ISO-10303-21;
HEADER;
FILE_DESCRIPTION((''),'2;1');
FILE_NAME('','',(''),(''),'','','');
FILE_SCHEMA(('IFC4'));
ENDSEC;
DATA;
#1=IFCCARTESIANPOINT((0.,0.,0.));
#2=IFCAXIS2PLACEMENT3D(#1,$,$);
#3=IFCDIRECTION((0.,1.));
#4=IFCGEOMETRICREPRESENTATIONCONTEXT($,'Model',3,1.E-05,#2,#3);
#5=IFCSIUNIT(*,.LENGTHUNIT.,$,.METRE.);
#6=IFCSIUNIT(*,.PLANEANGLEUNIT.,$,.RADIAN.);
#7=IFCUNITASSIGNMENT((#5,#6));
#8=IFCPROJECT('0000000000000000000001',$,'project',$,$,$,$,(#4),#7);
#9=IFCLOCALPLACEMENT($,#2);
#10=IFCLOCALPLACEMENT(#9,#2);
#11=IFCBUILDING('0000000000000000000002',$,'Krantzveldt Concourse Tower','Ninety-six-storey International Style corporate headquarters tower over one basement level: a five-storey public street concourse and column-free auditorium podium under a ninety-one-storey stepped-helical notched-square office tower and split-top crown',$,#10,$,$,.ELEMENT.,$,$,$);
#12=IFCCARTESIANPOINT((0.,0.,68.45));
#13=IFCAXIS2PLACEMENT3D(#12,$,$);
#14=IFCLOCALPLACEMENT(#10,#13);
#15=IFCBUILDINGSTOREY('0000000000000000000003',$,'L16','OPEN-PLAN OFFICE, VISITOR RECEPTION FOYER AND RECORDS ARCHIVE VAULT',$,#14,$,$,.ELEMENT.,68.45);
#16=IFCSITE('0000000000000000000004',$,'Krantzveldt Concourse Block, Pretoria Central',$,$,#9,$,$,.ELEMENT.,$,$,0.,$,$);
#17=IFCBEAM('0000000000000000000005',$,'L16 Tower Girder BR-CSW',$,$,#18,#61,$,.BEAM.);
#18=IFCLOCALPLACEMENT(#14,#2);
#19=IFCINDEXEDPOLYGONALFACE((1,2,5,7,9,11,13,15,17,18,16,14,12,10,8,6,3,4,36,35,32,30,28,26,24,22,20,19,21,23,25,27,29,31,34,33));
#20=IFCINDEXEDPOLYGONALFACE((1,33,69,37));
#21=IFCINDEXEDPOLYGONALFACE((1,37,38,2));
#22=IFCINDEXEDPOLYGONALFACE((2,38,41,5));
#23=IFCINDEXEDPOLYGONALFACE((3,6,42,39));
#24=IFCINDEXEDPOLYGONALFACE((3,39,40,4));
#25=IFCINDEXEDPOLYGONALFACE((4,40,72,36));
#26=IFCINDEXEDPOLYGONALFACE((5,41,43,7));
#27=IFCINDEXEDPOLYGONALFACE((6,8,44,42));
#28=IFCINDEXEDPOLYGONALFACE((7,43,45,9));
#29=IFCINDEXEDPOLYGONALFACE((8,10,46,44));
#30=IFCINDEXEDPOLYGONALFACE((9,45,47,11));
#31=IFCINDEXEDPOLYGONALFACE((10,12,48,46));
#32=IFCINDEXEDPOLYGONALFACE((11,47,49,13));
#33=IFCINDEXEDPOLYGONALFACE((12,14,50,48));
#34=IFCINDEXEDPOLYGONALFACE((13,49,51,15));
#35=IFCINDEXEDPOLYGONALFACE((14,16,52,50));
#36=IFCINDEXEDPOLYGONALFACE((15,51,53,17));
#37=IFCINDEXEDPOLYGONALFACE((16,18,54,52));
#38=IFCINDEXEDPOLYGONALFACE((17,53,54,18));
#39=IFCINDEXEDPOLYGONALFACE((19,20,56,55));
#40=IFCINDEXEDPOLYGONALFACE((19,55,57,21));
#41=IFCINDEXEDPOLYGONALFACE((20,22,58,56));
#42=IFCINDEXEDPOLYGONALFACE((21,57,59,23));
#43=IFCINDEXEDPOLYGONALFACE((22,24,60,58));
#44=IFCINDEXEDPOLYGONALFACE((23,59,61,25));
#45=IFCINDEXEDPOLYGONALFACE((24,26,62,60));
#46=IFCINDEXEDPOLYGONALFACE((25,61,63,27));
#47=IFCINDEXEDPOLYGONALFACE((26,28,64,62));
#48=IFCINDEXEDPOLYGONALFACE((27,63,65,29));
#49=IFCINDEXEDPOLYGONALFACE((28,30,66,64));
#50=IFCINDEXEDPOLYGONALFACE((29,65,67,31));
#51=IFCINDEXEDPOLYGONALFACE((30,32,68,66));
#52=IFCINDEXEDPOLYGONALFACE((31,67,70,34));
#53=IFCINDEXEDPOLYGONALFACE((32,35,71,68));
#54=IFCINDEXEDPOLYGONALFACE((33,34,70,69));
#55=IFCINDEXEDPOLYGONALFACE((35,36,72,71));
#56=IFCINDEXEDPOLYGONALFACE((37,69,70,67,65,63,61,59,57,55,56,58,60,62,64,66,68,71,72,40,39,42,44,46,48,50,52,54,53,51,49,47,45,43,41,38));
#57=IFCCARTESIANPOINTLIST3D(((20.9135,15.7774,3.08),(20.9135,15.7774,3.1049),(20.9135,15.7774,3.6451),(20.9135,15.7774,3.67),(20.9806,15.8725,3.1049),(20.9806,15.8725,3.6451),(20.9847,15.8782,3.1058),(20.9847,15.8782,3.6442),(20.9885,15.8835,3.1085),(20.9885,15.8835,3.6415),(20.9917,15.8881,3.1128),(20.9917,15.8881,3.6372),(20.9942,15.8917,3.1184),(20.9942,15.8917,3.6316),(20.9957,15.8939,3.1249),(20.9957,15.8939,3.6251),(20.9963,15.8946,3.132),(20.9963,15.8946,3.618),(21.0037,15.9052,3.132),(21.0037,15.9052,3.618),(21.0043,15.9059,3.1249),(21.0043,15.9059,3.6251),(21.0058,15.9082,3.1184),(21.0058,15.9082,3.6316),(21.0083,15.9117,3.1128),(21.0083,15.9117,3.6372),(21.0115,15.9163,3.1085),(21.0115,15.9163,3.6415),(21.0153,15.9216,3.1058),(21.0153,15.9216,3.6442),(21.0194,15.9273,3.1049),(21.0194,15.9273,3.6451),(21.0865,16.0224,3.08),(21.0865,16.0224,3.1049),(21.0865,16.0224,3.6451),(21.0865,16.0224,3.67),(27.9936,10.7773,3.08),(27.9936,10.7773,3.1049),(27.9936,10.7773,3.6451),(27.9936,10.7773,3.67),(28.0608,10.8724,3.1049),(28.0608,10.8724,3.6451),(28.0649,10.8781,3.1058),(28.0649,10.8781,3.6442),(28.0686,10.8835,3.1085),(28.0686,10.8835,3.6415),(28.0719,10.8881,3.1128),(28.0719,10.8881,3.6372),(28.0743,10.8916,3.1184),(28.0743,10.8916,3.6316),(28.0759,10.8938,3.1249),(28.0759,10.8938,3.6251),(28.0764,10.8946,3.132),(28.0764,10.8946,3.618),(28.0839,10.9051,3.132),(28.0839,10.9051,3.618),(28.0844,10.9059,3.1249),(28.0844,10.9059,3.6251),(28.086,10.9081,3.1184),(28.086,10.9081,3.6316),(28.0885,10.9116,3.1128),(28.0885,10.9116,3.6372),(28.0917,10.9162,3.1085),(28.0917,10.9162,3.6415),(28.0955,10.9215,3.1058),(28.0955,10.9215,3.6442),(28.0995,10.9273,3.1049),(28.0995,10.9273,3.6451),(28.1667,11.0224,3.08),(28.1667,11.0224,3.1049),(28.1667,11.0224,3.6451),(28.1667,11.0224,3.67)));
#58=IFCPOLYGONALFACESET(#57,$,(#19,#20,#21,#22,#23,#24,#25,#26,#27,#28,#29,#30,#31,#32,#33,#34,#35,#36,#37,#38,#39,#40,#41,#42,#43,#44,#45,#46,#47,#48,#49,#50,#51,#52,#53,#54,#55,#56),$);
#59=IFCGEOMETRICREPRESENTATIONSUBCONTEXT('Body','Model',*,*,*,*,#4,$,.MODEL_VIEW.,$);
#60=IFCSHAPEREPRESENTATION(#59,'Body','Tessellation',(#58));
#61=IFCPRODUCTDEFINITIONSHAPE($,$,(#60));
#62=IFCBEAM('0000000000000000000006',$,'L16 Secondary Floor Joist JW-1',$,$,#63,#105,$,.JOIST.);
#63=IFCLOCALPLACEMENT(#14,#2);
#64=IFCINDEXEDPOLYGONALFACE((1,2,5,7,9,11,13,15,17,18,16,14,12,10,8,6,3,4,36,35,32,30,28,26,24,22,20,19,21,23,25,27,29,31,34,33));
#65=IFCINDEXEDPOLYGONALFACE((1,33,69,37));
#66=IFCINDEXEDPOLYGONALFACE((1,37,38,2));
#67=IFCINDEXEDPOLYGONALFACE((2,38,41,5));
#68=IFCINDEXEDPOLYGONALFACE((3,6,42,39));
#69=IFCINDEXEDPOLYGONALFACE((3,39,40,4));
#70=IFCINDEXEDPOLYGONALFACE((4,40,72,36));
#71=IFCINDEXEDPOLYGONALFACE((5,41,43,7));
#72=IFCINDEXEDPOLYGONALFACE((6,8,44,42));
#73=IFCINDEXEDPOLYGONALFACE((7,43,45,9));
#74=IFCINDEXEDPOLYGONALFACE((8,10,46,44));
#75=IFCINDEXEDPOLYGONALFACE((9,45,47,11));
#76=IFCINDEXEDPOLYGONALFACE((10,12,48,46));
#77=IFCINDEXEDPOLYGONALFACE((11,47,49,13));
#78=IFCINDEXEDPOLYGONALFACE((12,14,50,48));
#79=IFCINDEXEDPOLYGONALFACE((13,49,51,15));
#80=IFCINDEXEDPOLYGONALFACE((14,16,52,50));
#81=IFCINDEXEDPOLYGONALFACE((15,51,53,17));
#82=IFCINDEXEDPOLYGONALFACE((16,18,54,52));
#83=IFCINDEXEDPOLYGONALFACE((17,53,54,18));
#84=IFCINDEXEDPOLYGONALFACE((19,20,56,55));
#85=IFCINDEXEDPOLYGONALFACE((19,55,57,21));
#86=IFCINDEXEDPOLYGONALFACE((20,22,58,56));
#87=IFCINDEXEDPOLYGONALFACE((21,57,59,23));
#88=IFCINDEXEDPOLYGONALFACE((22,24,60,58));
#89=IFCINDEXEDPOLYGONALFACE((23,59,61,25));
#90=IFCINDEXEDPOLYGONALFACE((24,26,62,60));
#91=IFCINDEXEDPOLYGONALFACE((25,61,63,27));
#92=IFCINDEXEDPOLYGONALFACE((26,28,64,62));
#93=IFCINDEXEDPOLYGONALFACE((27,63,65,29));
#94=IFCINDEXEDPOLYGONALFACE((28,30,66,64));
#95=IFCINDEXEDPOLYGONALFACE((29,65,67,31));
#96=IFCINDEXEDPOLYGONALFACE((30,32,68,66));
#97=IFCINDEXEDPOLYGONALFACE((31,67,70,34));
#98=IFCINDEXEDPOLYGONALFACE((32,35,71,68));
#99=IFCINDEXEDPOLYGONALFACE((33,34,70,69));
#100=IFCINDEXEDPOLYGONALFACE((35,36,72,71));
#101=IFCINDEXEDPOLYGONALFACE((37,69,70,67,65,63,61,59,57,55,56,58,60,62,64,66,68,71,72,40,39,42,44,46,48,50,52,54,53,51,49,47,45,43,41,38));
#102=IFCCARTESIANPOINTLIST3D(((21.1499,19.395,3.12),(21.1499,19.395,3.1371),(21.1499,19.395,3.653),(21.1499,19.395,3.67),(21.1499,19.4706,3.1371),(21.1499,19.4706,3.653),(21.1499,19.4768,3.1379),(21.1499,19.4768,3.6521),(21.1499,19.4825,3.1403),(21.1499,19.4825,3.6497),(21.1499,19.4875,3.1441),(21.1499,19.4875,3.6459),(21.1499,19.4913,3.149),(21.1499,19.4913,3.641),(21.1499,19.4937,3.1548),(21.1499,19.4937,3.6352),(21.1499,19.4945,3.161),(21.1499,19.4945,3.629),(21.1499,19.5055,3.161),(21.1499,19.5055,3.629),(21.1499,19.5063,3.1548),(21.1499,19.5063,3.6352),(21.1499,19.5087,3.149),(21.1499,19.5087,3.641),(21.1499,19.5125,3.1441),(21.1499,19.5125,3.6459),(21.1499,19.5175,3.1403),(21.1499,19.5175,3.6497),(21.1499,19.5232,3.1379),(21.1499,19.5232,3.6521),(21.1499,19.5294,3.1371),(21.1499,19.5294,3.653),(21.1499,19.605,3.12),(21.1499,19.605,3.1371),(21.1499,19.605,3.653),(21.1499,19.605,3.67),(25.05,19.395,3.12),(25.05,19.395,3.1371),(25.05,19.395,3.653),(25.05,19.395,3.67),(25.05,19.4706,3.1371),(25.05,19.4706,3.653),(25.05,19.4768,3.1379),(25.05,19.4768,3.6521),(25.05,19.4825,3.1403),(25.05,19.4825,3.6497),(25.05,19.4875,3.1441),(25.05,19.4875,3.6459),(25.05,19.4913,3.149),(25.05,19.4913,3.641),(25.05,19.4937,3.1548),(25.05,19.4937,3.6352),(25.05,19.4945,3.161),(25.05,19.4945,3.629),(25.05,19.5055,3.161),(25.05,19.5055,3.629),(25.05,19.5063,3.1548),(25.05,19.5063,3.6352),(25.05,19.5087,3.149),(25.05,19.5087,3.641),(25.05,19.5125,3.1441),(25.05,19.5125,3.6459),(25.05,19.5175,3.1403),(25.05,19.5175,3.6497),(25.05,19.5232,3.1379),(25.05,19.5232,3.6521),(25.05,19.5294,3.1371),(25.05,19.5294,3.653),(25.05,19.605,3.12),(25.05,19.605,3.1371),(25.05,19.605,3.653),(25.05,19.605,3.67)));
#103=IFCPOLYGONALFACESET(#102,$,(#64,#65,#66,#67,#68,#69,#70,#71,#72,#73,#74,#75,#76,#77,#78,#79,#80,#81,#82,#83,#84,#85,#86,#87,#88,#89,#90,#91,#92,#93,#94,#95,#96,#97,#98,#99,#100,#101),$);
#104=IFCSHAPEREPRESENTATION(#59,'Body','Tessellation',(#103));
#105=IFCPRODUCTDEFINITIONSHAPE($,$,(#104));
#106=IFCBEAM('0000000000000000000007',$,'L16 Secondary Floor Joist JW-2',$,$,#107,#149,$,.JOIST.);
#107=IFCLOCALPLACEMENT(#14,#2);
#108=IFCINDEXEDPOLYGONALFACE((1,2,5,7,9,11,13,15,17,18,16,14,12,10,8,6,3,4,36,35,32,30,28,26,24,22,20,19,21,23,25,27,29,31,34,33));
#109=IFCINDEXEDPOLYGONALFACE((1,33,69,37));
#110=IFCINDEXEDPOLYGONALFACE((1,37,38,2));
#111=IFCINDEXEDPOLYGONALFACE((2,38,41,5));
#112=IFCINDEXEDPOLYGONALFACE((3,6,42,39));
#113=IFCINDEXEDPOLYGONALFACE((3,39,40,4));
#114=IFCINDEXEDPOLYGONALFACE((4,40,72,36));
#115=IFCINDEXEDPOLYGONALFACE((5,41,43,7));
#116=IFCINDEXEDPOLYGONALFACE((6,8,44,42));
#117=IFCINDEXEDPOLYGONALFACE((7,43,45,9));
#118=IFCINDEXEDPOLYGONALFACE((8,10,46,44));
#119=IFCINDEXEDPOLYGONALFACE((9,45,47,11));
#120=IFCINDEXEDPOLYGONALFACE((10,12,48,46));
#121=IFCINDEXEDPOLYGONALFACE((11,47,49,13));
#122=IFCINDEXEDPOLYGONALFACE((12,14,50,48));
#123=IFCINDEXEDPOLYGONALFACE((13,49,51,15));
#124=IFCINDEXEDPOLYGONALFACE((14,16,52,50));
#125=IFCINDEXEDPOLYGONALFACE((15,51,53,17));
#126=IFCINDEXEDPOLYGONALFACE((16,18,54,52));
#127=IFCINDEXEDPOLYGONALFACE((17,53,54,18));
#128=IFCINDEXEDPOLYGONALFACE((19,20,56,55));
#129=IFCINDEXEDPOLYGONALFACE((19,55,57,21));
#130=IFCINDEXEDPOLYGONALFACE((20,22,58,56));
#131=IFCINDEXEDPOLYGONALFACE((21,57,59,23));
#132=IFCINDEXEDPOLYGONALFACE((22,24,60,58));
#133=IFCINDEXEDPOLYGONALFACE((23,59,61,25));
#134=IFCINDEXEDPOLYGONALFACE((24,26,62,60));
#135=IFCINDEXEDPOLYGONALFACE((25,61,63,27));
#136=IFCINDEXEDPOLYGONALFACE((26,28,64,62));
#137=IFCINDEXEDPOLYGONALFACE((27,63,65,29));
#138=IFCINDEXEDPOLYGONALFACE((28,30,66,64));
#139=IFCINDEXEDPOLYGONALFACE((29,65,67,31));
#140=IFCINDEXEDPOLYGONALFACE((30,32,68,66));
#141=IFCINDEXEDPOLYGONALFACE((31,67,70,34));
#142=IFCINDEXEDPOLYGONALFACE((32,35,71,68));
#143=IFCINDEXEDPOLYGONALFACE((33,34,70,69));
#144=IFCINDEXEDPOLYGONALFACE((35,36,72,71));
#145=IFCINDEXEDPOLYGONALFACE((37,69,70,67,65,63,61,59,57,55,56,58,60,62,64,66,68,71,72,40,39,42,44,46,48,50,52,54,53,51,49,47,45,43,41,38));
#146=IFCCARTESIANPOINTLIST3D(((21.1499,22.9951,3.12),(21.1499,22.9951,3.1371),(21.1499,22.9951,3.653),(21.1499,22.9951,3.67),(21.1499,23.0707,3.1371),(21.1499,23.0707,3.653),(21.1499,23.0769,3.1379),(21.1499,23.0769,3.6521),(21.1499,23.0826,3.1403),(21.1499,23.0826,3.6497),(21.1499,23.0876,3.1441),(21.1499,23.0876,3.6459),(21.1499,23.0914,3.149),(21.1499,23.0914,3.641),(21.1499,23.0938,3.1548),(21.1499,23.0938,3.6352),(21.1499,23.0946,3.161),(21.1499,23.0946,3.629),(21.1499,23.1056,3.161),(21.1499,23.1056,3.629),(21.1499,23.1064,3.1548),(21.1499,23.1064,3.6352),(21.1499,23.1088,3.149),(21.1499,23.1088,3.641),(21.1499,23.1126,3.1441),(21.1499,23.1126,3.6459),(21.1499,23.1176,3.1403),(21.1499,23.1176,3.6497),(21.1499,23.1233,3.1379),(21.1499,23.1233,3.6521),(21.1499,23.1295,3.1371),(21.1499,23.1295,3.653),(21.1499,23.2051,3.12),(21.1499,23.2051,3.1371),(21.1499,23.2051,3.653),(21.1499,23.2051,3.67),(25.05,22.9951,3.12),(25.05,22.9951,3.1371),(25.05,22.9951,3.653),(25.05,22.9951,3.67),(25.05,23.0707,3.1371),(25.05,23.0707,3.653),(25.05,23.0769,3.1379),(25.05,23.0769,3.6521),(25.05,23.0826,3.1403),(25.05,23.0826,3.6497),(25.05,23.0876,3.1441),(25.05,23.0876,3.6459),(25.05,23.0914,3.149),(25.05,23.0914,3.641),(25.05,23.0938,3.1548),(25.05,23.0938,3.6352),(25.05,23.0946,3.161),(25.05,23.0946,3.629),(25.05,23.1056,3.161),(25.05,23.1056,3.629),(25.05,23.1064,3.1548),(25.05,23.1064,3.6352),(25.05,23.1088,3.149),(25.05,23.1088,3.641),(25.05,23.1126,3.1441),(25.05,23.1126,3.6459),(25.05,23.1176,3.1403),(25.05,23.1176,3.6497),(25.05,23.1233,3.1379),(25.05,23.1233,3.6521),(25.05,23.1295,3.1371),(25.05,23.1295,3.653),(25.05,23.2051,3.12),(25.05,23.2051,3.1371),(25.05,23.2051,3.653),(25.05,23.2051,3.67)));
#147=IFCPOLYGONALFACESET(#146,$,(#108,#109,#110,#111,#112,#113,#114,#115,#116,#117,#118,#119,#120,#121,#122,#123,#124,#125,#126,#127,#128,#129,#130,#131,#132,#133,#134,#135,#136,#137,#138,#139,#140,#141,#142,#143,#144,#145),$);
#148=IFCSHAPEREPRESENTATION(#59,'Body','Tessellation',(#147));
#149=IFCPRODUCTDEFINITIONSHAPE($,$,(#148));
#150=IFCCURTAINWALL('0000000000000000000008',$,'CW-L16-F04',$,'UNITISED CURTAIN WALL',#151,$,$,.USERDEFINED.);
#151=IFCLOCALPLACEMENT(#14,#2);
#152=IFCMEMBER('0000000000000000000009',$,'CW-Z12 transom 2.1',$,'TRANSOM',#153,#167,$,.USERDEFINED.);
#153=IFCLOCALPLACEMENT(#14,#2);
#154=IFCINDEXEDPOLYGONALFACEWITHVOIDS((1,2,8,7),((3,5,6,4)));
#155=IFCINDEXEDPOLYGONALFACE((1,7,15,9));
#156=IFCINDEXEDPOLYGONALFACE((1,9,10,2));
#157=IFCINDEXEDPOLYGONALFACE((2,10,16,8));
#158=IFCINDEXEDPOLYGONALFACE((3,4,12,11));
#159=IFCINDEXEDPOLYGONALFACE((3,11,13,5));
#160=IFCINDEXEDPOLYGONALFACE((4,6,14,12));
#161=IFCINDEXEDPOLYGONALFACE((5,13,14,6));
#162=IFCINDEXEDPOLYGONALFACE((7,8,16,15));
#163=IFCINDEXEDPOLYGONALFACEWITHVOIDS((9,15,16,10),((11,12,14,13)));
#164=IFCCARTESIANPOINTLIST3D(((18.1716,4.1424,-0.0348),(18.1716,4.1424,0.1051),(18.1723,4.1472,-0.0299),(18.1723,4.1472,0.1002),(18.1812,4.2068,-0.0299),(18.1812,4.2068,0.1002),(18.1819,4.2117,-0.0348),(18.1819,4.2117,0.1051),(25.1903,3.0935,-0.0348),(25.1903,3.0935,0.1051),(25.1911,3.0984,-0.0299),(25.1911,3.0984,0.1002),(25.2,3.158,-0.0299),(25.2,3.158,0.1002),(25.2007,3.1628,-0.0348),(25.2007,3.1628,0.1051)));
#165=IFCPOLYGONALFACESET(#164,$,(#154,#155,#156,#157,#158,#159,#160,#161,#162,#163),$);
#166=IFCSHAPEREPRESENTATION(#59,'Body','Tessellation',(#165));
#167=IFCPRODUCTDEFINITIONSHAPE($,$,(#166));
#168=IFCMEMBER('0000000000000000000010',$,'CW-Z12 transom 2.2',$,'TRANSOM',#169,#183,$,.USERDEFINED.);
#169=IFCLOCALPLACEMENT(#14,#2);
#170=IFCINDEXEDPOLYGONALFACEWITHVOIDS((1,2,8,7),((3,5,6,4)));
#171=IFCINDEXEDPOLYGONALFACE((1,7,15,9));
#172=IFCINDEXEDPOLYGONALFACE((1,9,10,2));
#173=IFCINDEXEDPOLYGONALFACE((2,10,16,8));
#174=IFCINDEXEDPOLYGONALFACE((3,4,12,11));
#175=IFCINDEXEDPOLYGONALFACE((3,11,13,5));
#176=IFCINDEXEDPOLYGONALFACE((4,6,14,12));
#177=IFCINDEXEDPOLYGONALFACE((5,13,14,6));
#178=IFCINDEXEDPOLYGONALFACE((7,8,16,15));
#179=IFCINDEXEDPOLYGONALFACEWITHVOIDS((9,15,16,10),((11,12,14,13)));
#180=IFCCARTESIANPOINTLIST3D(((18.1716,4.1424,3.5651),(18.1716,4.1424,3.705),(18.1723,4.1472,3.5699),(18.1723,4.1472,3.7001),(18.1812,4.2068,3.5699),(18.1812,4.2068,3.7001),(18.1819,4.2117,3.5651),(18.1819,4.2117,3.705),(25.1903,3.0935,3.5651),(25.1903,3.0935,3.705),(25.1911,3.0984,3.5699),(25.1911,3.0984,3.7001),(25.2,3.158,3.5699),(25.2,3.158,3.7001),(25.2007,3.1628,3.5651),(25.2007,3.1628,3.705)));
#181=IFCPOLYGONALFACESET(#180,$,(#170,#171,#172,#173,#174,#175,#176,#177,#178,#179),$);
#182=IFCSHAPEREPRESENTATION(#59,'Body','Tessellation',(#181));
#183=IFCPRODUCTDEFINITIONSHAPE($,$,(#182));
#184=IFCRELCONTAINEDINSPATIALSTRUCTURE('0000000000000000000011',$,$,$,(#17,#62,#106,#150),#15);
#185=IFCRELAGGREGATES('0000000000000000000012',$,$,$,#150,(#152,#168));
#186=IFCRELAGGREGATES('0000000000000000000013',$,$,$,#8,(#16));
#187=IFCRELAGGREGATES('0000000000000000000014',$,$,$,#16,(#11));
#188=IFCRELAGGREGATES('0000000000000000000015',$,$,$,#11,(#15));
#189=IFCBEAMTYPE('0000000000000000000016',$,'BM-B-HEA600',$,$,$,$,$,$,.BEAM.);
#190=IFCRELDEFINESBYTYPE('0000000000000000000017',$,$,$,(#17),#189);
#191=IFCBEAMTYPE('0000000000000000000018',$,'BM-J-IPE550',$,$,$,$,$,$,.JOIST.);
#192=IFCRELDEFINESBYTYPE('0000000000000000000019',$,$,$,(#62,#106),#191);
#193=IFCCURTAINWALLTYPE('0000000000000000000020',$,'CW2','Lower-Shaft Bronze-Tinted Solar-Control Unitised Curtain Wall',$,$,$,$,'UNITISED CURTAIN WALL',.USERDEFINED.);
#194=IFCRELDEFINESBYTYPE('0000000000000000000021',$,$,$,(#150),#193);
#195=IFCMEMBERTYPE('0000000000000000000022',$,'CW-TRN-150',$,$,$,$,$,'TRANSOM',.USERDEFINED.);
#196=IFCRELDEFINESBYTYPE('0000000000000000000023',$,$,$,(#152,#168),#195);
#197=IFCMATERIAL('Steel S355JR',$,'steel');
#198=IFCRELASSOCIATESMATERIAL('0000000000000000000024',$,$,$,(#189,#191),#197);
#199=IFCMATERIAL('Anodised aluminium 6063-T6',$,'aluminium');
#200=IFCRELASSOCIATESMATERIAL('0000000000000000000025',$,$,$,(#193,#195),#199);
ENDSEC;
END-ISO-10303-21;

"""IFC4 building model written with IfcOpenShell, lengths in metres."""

from ifc_helpers import new_model, si_unit, direction, frame, origin, origin_2d, place, context, subcontext, project, spatial, hollow_rectangle, i_section, extrude, source, transform, mapped, material, material_profile, profile_set, type_object, type_shapes, element, aggregate, save


model = new_model("IFC4")

# Units and contexts
model_context = context("Model", 3, precision=1e-05, world=origin(), true_north=direction((0.0, 1.0)))
body_context = subcontext(model_context, "Body", "Model", "MODEL_VIEW")
ifc_project = project(units=[si_unit("LENGTHUNIT", "METRE"), si_unit("PLANEANGLEUNIT", "RADIAN")], contexts=[model_context])

# Site, building, storey
site_placement = place(None, origin())
site = spatial("IfcSite", under=ifc_project, at=site_placement, Name="Krantzveldt Concourse Block, Pretoria Central", CompositionType="ELEMENT", RefElevation=0.0)
building_placement = place(site_placement, origin())
building = spatial("IfcBuilding", under=site, at=building_placement, Name="Krantzveldt Concourse Tower", Description="Ninety-six-storey International Style corporate headquarters tower over one basement level: a five-storey public street concourse and column-free auditorium podium under a ninety-one-storey stepped-helical notched-square office tower and split-top crown", CompositionType="ELEMENT")
storey_placement = place(building_placement, frame((0.0, 0.0, 68.45)))
storey = spatial("IfcBuildingStorey", under=building, at=storey_placement, Name="L16", Description="OPEN-PLAN OFFICE, VISITOR RECEPTION FOYER AND RECORDS ARCHIVE VAULT", CompositionType="ELEMENT", Elevation=68.45)

# Beams
ifc_material_1 = material(Name="Steel S355JR", Category="steel")
ifc_material_profile_1 = material_profile(ifc_material_1, i_section(OverallWidth=0.3, OverallDepth=0.5901, WebThickness=0.0129, FlangeThickness=0.0249, FilletRadius=0.0271, at=origin_2d()), Name="Steel S355JR", Category="steel")
ifc_profile_set_1 = profile_set([ifc_material_profile_1], Name="Steel S355JR - HEA 600")
beam_type_1 = type_object("IfcBeamType", Name="BM-B-HEA600", PredefinedType="BEAM", material=ifc_profile_set_1)
shared_shape_1 = source(origin(), body_context, "Body", "SweptSolid", [
    extrude(i_section(OverallWidth=0.3, OverallDepth=0.5901, WebThickness=0.0129, FlangeThickness=0.0249, FilletRadius=0.0271, at=origin_2d()), origin(), (0.0, 0.0, 1.0), 8.6677),
])
beam_1_placement = place(storey_placement, frame((21.0, 15.8999, 3.375), z_axis=(0.816843, -0.57686, 0.0), x_axis=(0.57686, 0.816843, 0.0)))
element("IfcBeam", 1, at=beam_1_placement, inside=storey, type_object=beam_type_1, Name="L16 Tower Girder BR-CSW", PredefinedType="BEAM", context=body_context, shape_type="MappedRepresentation", body=[
    mapped(shared_shape_1, transform((0.0, 0.0, 0.0), x_axis=(1.0, 0.0, 0.0), y_axis=(0.0, 1.0, 0.0), z_axis=(0.0, 0.0, 1.0), scale=1.0)),
])
ifc_material_profile_2 = material_profile(ifc_material_1, i_section(OverallWidth=0.21, OverallDepth=0.55, WebThickness=0.011, FlangeThickness=0.0171, FilletRadius=0.0239, at=origin_2d()), Name="Steel S355JR", Category="steel")
ifc_profile_set_2 = profile_set([ifc_material_profile_2], Name="Steel S355JR - IPE 550")
beam_type_2 = type_object("IfcBeamType", Name="BM-J-IPE550", PredefinedType="JOIST", material=ifc_profile_set_2)
shared_shape_2 = source(origin(), body_context, "Body", "SweptSolid", [
    extrude(i_section(OverallWidth=0.21, OverallDepth=0.55, WebThickness=0.011, FlangeThickness=0.0171, FilletRadius=0.0239, at=origin_2d()), origin(), (0.0, 0.0, 1.0), 3.9001),
])
type_shapes(beam_type_2, [shared_shape_2])
for number, where, z_axis, x_axis, name in (
    (2, (21.1499, 19.5, 3.395), (1.0, 0.0, 0.0), (0.0, 1.0, 0.0), "L16 Secondary Floor Joist JW-1"),
    (3, (21.1499, 23.1001, 3.395), (1.0, 0.0, 0.0), (0.0, 1.0, 0.0), "L16 Secondary Floor Joist JW-2"),
):
    element("IfcBeam", number, at=place(storey_placement, frame(where, z_axis=z_axis, x_axis=x_axis)), inside=storey, type_object=beam_type_2, Name=name, PredefinedType="JOIST", context=body_context, shape_type="MappedRepresentation", body=[
        mapped(shared_shape_2, transform((0.0, 0.0, 0.0), x_axis=(1.0, 0.0, 0.0), y_axis=(0.0, 1.0, 0.0), z_axis=(0.0, 0.0, 1.0), scale=1.0)),
    ])

# Curtain wall, members
ifc_material_2 = material(Name="Anodised aluminium 6063-T6", Category="aluminium")
curtain_wall_type = type_object("IfcCurtainWallType", Name="CW2", Description="Lower-Shaft Bronze-Tinted Solar-Control Unitised Curtain Wall", ElementType="UNITISED CURTAIN WALL", PredefinedType="USERDEFINED", material=ifc_material_2)
curtain_wall_1_placement = place(storey_placement, origin())
curtain_wall_1 = element("IfcCurtainWall", 4, at=curtain_wall_1_placement, inside=storey, type_object=curtain_wall_type, Name="CW-L16-F04", ObjectType="UNITISED CURTAIN WALL", PredefinedType="USERDEFINED")
ifc_material_profile_3 = material_profile(ifc_material_2, hollow_rectangle(XDim=0.0701, YDim=0.1399, WallThickness=0.0049, at=origin_2d()), Name="Anodised aluminium 6063-T6", Category="aluminium")
ifc_profile_set_3 = profile_set([ifc_material_profile_3], Name="Anodised aluminium 6063-T6 - ALU-TRAN 140x70x5")
member_type_1 = type_object("IfcMemberType", Name="CW-TRN-150", ElementType="TRANSOM", PredefinedType="USERDEFINED", material=ifc_profile_set_3)
shared_shape_3 = source(origin(), body_context, "Body", "SweptSolid", [
    extrude(hollow_rectangle(XDim=0.0701, YDim=0.1399, WallThickness=0.0049, at=origin_2d()), origin(), (0.0, 0.0, 1.0), 7.0967),
])
member_1_placement = place(storey_placement, frame((18.1768, 4.177, 0.0352), z_axis=(0.989019, -0.14779, 0.0), x_axis=(0.14779, 0.989019, 0.0)))
member_1 = element("IfcMember", 5, at=member_1_placement, type_object=member_type_1, Name="CW-Z12 transom 2.1", ObjectType="TRANSOM", PredefinedType="USERDEFINED", context=body_context, shape_type="MappedRepresentation", body=[
    mapped(shared_shape_3, transform((0.0, 0.0, 0.0), x_axis=(1.0, 0.0, 0.0), y_axis=(0.0, 1.0, 0.0), z_axis=(0.0, 0.0, 1.0), scale=1.0)),
])
member_2_placement = place(storey_placement, frame((18.1768, 4.177, 3.635), z_axis=(0.989019, -0.14779, 0.0), x_axis=(0.14779, 0.989019, 0.0)))
member_2 = element("IfcMember", 6, at=member_2_placement, type_object=member_type_1, Name="CW-Z12 transom 2.2", ObjectType="TRANSOM", PredefinedType="USERDEFINED", context=body_context, shape_type="MappedRepresentation", body=[
    mapped(shared_shape_3, transform((0.0, 0.0, 0.0), x_axis=(1.0, 0.0, 0.0), y_axis=(0.0, 1.0, 0.0), z_axis=(0.0, 0.0, 1.0), scale=1.0)),
])

aggregate(curtain_wall_1, [member_1, member_2])

save(model, "model.ifc")
